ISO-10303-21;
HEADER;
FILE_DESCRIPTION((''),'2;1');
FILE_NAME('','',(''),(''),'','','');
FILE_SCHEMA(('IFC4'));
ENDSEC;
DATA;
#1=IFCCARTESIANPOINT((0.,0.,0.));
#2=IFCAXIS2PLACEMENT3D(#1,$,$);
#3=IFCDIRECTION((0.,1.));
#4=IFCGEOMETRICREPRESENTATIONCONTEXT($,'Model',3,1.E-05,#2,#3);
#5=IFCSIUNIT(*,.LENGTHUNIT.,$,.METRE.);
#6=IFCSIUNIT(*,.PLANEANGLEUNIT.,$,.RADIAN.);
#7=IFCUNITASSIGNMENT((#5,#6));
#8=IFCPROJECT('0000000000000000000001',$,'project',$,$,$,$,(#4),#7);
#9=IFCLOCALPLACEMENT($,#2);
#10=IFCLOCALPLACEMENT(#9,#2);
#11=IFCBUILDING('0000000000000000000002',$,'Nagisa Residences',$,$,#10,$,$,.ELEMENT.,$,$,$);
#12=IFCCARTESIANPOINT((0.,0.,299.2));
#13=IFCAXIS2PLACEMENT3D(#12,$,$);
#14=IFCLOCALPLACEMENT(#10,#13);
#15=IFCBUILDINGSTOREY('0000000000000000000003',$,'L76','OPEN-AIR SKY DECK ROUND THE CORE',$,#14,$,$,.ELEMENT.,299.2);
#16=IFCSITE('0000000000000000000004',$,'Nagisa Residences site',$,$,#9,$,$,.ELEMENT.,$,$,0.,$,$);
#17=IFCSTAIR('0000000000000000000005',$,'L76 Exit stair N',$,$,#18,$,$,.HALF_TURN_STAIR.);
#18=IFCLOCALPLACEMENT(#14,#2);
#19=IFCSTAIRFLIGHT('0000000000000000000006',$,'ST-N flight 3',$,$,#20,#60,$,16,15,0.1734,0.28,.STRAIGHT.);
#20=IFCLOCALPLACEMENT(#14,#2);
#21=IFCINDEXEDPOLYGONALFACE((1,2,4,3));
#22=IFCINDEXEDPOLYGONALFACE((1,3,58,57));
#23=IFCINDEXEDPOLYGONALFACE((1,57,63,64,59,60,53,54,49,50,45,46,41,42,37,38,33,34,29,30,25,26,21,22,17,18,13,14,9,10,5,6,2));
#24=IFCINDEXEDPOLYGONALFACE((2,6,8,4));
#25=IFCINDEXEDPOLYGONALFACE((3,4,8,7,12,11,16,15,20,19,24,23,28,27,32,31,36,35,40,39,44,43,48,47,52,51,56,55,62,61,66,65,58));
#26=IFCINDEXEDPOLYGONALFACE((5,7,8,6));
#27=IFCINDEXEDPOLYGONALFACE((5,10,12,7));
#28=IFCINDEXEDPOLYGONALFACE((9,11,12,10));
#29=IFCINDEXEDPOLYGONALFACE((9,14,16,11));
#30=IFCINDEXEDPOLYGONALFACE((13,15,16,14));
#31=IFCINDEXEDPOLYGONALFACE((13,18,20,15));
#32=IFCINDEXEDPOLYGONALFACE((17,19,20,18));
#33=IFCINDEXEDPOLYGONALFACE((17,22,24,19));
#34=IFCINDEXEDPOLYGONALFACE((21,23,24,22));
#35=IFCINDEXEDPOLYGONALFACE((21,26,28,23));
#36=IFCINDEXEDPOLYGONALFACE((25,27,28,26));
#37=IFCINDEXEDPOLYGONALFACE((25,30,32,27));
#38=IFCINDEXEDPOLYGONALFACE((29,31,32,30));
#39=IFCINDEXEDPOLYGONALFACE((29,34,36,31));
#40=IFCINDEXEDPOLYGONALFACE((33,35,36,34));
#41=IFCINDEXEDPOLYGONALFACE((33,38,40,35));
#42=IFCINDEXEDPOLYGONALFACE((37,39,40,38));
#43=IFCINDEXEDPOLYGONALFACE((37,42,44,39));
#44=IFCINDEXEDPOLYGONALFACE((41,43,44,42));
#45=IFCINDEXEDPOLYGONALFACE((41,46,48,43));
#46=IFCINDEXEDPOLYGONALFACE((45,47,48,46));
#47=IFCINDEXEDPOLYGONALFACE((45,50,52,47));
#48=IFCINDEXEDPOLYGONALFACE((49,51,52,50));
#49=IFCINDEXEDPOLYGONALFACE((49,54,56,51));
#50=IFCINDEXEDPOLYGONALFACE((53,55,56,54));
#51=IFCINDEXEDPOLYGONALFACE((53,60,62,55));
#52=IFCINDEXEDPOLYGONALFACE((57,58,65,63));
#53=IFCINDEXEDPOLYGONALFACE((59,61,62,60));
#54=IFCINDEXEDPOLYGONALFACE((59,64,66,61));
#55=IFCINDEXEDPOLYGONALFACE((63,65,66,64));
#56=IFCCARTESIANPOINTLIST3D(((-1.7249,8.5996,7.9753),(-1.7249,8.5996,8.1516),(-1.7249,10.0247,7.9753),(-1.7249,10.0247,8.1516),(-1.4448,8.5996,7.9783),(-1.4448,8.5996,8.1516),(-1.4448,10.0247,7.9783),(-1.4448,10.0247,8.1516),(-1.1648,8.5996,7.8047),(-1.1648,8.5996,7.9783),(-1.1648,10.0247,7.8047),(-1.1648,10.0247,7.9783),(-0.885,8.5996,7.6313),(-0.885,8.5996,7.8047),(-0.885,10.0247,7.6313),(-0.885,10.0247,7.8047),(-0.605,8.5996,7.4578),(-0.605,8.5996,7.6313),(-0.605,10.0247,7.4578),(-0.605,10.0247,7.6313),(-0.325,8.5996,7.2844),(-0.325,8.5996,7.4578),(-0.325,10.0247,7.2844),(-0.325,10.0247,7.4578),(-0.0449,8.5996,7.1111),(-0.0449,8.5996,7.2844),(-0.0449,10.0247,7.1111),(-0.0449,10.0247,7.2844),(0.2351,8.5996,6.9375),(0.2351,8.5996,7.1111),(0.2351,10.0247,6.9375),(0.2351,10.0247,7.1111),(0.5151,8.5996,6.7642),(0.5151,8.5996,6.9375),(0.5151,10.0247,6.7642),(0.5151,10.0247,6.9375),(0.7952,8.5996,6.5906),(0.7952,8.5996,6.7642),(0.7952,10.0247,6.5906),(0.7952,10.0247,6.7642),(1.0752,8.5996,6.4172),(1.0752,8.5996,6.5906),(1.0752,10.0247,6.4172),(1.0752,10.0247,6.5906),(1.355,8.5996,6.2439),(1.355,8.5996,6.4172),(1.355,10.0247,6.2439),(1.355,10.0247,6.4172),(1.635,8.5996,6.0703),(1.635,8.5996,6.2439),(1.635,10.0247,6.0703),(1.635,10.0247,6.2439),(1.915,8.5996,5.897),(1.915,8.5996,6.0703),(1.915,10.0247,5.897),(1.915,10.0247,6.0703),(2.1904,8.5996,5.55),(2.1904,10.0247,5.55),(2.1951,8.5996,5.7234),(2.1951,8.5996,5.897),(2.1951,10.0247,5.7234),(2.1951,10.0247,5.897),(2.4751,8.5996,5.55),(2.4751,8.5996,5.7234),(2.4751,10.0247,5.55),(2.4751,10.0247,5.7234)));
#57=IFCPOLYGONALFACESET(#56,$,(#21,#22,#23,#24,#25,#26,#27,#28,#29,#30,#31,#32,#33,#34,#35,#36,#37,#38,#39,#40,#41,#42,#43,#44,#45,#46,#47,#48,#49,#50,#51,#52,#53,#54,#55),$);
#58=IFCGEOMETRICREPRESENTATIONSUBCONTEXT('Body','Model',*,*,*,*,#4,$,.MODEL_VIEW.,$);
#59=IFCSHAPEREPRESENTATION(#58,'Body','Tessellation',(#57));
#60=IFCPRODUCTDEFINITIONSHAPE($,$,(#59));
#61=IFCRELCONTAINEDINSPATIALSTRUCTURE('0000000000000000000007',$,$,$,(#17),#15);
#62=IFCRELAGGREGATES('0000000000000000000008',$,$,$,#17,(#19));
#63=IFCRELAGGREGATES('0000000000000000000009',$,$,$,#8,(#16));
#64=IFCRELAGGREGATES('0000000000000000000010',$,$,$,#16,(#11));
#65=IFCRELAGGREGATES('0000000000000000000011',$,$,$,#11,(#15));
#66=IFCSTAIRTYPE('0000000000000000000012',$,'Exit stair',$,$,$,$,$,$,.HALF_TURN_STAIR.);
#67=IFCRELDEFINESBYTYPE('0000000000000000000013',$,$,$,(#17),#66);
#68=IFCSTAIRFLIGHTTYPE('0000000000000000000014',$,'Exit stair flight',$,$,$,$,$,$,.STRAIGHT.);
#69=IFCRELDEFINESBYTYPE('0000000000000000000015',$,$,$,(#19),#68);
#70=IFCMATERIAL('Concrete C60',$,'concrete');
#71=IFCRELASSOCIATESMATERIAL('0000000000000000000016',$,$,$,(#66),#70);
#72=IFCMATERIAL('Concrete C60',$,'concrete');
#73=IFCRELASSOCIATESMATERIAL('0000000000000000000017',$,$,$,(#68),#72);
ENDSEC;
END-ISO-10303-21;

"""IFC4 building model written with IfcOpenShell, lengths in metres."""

from ifc_helpers import new_model, si_unit, direction, frame, origin, place, context, subcontext, project, spatial, polyline, outline, extrude, material, type_object, element, aggregate, save


model = new_model("IFC4")

# Units and contexts
model_context = context("Model", 3, precision=1e-05, world=origin(), true_north=direction((0.0, 1.0)))
body_context = subcontext(model_context, "Body", "Model", "MODEL_VIEW")
ifc_project = project(units=[si_unit("LENGTHUNIT", "METRE"), si_unit("PLANEANGLEUNIT", "RADIAN")], contexts=[model_context])

# Site, building, storey
site_placement = place(None, origin())
site = spatial("IfcSite", under=ifc_project, at=site_placement, Name="Nagisa Residences site", CompositionType="ELEMENT", RefElevation=0.0)
building_placement = place(site_placement, origin())
building = spatial("IfcBuilding", under=site, at=building_placement, Name="Nagisa Residences", CompositionType="ELEMENT")
storey_placement = place(building_placement, frame((0.0, 0.0, 299.2)))
storey = spatial("IfcBuildingStorey", under=building, at=storey_placement, Name="L76", Description="OPEN-AIR SKY DECK ROUND THE CORE", CompositionType="ELEMENT", Elevation=299.2)

# Stair, stair flight
ifc_material_1 = material(Name="Concrete C60", Category="concrete")
stair_type = type_object("IfcStairType", Name="Exit stair", PredefinedType="HALF_TURN_STAIR", material=ifc_material_1)
stair_placement = place(storey_placement, origin())
stair = element("IfcStair", 1, at=stair_placement, inside=storey, type_object=stair_type, Name="L76 Exit stair N", PredefinedType="HALF_TURN_STAIR")
ifc_material_2 = material(Name="Concrete C60", Category="concrete")
stair_flight_type = type_object("IfcStairFlightType", Name="Exit stair flight", PredefinedType="STRAIGHT", material=ifc_material_2)
stair_flight_1_placement = place(storey_placement, frame((2.4751, 9.312, 5.55), z_axis=(0.0, 0.0, 1.0), x_axis=(-1.0, 0.0, 0.0)))
stair_flight_1 = element("IfcStairFlight", 2, at=stair_flight_1_placement, type_object=stair_flight_type, Name="ST-N flight 3", NumberOfRisers=16, NumberOfTreads=15, PredefinedType="STRAIGHT", RiserHeight=0.1734, TreadLength=0.28, context=body_context, shape_type="SweptSolid", body=[
    extrude(outline(polyline([(0.0, 0.0), (0.0, 0.1733), (0.28, 0.1733), (0.28, 0.3469), (0.5601, 0.3469), (0.5601, 0.5203), (0.8401, 0.5203), (0.8401, 0.6938), (1.1201, 0.6938), (1.1201, 0.8672), (1.3999, 0.8672), (1.3999, 1.0405), (1.6799, 1.0405), (1.6799, 1.2141), (1.96, 1.2141), (1.96, 1.3875), (2.24, 1.3875), (2.24, 1.561), (2.52, 1.561), (2.52, 1.7344), (2.8, 1.7344), (2.8, 1.9077), (3.0801, 1.9077), (3.0801, 2.0813), (3.3601, 2.0813), (3.3601, 2.2546), (3.6399, 2.2546), (3.6399, 2.4282), (3.9199, 2.4282), (3.9199, 2.6016), (4.2, 2.6016), (4.2, 2.7749), (4.2, 2.4253), (0.2847, 0.0), (0.0, 0.0)])), frame((0.0, 0.7124, 0.0), z_axis=(0.0, -1.0, 0.0), x_axis=(1.0, 0.0, 0.0)), (0.0, 0.0, 1.0), 1.425),
])
aggregate(stair, [stair_flight_1])

save(model, "model.ifc")
